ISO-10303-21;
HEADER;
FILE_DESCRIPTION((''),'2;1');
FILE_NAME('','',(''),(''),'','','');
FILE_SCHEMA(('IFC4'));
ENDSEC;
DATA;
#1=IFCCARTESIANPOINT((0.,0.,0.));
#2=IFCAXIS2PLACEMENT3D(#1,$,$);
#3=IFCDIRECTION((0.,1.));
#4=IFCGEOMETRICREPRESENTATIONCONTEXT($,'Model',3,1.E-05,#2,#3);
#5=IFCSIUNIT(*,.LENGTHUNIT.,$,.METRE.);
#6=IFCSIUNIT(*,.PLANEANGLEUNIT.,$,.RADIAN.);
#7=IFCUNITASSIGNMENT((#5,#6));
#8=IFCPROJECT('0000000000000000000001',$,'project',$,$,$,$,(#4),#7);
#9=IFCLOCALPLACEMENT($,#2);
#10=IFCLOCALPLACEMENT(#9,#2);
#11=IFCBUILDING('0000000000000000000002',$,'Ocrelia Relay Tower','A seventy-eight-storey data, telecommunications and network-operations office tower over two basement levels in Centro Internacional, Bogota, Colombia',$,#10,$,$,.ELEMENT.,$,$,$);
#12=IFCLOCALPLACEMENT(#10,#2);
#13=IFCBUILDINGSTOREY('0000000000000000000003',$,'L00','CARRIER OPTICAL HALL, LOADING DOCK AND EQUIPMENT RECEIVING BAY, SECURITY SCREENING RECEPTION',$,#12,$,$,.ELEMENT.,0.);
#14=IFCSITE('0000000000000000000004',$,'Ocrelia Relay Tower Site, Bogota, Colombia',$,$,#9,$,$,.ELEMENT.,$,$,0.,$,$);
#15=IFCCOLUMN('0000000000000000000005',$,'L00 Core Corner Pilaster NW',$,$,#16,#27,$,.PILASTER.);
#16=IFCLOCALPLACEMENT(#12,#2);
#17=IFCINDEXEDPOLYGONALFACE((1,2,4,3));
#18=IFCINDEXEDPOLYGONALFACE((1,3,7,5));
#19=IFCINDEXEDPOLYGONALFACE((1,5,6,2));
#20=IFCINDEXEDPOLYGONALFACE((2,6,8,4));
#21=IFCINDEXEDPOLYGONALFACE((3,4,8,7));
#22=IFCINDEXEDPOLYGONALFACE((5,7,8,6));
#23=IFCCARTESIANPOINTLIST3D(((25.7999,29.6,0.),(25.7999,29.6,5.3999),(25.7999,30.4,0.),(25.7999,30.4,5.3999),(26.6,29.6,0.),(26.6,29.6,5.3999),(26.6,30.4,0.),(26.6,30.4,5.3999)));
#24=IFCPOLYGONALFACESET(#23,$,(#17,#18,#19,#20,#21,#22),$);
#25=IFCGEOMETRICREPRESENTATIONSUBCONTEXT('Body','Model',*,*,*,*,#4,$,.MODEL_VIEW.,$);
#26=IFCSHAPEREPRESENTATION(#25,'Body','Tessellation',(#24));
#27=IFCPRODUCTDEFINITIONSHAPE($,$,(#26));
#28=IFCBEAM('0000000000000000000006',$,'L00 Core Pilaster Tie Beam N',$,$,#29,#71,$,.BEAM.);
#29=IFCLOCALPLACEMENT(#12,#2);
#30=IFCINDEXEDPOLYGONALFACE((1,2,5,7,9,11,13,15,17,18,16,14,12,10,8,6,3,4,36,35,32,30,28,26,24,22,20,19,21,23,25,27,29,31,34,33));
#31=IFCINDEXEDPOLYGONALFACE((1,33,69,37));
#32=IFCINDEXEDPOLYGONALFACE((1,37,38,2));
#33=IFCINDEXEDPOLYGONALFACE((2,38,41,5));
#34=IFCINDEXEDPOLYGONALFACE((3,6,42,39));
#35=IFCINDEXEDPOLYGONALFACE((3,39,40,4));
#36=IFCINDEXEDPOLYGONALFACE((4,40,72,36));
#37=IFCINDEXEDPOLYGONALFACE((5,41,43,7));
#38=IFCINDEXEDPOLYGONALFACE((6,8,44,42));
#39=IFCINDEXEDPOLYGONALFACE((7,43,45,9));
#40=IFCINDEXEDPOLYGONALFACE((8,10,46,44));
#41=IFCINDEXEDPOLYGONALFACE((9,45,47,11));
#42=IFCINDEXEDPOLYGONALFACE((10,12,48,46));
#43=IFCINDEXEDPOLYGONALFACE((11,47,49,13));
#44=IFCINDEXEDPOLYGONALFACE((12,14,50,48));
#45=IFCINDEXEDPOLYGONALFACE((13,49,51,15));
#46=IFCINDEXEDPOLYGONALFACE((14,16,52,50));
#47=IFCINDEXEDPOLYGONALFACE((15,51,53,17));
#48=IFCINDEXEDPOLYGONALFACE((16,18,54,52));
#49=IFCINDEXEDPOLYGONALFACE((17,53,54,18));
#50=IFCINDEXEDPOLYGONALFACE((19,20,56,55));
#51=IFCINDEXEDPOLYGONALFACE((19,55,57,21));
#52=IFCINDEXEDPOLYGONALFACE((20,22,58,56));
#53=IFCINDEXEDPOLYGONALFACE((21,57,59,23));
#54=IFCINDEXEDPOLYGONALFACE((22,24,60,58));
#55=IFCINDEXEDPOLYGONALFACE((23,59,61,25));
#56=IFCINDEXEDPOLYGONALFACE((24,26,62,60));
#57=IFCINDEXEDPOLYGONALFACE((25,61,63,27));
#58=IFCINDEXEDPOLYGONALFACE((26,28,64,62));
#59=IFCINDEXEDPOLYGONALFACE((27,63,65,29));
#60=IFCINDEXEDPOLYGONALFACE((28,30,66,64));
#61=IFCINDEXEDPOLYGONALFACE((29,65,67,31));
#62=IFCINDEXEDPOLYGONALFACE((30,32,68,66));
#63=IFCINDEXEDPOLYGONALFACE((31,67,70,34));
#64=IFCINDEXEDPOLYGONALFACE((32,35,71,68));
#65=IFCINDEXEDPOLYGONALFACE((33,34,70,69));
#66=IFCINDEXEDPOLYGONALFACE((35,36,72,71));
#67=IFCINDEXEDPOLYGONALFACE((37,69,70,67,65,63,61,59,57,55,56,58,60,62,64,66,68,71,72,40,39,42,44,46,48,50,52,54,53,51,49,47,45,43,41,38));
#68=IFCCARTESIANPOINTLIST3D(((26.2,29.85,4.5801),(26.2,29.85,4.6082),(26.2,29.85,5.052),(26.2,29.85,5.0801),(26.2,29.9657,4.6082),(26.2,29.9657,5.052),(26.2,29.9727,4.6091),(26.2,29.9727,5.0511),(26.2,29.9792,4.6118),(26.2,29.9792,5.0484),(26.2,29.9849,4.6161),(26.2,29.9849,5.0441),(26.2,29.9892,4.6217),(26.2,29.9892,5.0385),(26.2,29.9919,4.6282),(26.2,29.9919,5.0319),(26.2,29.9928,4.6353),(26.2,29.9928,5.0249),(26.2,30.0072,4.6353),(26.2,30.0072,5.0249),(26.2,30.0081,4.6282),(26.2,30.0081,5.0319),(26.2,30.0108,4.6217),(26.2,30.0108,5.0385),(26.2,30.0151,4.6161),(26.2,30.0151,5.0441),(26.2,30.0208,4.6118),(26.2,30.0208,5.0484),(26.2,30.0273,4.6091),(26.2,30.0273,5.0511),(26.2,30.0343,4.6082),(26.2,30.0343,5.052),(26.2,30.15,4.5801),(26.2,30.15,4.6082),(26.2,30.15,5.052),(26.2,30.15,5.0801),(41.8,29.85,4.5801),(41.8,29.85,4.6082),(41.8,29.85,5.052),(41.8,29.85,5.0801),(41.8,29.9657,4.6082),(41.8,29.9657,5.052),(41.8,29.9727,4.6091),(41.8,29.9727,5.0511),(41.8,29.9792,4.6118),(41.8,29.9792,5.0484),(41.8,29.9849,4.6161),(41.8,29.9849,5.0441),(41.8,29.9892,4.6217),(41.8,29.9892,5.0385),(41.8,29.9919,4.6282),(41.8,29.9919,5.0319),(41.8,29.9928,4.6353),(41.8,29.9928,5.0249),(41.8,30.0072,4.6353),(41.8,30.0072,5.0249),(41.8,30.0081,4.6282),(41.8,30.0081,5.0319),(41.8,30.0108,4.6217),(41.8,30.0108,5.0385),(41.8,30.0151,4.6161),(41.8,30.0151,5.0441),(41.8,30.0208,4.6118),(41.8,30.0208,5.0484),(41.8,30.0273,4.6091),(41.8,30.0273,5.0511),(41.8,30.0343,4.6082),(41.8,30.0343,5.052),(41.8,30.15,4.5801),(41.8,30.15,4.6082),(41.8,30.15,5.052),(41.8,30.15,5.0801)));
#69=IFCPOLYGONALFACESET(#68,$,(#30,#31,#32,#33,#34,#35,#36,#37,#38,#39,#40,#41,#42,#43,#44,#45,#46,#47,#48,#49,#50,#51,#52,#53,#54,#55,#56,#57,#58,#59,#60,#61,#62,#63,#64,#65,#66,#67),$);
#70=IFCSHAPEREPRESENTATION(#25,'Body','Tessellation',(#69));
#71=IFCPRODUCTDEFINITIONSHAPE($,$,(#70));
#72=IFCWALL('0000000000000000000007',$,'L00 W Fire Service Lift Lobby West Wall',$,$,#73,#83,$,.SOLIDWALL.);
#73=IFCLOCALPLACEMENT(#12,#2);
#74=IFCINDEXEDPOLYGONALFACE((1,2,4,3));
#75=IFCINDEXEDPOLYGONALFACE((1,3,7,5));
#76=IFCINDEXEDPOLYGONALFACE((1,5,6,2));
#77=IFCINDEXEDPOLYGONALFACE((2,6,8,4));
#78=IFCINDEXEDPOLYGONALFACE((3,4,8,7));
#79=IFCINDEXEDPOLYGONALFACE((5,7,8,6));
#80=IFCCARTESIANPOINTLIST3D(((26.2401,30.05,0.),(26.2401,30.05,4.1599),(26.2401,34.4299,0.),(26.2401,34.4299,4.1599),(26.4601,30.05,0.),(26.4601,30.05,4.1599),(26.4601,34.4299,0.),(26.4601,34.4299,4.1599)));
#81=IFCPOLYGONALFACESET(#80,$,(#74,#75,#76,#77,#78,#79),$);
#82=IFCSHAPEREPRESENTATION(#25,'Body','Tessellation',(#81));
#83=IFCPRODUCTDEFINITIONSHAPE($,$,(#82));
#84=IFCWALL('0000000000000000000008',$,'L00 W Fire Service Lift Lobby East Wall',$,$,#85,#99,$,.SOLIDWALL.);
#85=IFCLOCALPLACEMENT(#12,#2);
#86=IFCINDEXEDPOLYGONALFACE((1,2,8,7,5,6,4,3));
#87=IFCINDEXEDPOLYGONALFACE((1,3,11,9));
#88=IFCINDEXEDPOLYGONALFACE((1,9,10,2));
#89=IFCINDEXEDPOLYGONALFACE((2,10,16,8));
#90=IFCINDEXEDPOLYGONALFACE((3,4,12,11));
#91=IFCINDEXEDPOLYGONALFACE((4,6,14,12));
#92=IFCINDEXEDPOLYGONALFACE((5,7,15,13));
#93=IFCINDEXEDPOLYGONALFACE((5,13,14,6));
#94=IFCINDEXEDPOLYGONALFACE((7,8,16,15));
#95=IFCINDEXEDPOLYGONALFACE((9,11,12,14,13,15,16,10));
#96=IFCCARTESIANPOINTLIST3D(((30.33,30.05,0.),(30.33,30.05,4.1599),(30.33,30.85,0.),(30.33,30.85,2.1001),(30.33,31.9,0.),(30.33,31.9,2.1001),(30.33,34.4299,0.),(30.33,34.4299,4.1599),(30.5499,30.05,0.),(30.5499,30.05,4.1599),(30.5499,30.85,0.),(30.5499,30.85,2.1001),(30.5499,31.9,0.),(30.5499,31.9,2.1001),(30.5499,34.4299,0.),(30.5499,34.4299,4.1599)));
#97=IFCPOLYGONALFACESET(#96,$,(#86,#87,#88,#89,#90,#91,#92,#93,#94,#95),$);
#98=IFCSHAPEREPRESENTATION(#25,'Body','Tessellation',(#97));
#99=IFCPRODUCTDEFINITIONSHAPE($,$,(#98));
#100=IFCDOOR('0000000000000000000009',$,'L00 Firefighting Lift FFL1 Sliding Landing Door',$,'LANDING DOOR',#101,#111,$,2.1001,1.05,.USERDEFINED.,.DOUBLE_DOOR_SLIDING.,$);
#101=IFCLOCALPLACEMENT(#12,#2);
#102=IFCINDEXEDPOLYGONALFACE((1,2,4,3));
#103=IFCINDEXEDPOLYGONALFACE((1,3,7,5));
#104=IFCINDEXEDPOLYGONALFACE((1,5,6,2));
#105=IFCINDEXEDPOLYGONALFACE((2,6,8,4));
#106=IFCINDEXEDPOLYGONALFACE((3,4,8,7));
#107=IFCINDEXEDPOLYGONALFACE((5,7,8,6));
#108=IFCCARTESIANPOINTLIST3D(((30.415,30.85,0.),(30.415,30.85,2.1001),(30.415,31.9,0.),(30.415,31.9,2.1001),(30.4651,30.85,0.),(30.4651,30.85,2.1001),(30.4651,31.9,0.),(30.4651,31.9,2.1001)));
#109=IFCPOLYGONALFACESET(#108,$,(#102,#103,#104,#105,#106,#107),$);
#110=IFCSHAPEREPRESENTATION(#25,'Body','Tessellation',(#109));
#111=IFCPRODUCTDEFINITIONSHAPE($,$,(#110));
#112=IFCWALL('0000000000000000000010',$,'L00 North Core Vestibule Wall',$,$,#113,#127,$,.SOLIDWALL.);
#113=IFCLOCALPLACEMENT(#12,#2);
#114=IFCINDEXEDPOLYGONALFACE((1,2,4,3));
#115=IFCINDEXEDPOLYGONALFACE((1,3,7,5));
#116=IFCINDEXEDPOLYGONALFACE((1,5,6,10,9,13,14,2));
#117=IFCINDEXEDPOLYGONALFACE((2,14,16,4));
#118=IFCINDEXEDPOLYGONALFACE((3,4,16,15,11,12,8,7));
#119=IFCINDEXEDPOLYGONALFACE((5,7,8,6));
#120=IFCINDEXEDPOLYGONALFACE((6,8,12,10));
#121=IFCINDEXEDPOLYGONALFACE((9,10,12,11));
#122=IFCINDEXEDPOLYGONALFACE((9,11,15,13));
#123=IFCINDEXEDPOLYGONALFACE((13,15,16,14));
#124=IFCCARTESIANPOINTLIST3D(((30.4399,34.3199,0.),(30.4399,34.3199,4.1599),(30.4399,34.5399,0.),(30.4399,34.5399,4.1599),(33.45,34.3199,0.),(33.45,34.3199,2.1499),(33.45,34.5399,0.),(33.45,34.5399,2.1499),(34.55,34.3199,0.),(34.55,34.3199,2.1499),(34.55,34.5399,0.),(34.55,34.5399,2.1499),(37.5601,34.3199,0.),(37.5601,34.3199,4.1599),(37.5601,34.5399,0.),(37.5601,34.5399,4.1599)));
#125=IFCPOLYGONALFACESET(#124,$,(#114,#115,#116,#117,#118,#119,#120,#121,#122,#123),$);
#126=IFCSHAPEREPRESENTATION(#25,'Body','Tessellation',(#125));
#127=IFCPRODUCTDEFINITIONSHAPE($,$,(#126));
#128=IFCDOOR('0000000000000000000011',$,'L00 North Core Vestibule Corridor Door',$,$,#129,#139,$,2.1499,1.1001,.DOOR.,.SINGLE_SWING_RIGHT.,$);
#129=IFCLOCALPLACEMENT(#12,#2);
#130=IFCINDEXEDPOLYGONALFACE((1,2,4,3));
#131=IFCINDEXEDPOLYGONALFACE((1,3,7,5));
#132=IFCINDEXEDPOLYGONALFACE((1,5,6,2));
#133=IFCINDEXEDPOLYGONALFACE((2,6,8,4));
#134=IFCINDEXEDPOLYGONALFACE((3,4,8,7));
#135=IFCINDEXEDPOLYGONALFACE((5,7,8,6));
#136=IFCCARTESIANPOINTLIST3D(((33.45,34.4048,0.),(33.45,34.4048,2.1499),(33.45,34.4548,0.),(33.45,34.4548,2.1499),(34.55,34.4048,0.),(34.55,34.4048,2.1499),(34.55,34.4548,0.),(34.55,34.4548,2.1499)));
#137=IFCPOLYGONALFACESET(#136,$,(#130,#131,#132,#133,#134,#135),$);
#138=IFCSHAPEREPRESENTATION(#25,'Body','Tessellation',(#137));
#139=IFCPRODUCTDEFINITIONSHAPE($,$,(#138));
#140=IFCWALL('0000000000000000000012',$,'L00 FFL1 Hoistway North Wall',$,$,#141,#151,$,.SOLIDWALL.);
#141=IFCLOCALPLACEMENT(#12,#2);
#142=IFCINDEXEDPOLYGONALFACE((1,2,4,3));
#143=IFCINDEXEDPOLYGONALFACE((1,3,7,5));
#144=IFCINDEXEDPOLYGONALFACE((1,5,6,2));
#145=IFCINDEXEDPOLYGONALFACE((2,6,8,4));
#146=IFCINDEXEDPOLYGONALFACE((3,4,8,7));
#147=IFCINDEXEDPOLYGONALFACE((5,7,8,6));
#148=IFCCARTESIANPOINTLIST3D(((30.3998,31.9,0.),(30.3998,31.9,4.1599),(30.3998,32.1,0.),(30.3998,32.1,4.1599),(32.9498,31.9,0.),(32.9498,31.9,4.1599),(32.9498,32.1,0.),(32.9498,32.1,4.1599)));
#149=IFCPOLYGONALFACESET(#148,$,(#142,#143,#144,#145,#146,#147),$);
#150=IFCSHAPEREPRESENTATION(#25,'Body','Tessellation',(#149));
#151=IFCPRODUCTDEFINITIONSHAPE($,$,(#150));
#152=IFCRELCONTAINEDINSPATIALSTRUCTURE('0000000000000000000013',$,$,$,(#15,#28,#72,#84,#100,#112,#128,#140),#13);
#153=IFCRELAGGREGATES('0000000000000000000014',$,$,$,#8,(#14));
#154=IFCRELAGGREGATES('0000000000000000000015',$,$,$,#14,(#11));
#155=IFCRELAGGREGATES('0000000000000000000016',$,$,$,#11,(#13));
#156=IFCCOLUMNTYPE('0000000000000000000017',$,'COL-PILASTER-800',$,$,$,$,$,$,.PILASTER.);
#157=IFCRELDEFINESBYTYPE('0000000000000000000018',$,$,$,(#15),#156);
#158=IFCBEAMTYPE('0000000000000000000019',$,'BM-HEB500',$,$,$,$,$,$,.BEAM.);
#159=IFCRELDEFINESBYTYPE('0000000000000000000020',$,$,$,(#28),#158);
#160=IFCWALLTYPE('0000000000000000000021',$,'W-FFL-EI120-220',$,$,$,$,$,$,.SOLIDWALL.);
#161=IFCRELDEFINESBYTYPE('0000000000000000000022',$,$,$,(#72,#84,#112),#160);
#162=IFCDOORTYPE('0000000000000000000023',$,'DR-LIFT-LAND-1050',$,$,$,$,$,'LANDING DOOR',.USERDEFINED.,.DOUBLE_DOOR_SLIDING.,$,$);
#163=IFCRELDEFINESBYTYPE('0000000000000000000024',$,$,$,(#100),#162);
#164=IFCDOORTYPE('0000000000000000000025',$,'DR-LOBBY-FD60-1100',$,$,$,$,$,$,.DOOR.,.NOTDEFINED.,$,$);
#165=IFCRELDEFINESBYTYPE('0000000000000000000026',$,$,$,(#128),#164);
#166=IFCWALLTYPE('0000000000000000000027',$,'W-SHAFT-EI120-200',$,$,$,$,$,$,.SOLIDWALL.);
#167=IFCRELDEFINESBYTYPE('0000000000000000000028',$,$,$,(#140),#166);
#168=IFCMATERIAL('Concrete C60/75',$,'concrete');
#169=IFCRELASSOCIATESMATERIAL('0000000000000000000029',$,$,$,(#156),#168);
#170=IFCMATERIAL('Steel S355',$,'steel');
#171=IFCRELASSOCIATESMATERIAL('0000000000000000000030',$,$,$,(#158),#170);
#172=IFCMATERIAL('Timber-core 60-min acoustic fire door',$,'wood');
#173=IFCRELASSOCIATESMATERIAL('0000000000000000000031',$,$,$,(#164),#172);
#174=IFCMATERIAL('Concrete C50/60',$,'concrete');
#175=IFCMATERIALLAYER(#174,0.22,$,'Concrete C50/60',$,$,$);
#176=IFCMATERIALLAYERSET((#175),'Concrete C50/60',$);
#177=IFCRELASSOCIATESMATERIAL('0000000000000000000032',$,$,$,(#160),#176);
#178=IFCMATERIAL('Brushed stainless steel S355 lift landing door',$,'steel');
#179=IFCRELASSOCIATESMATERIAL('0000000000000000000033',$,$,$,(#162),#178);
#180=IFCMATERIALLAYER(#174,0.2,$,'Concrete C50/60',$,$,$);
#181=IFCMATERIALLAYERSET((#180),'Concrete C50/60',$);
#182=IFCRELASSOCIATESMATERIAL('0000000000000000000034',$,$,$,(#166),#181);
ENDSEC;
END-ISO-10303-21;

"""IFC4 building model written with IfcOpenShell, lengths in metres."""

from ifc_helpers import new_model, si_unit, direction, frame, frame_2d, origin, origin_2d, place, context, subcontext, project, spatial, rectangle, i_section, extrude, material, layer, layer_set, material_profile, profile_set, type_object, element, fill, save


model = new_model("IFC4")

# Units and contexts
model_context = context("Model", 3, precision=1e-05, world=origin(), true_north=direction((0.0, 1.0)))
body_context = subcontext(model_context, "Body", "Model", "MODEL_VIEW")
ifc_project = project(units=[si_unit("LENGTHUNIT", "METRE"), si_unit("PLANEANGLEUNIT", "RADIAN")], contexts=[model_context])

# Site, building, storey
site_placement = place(None, origin())
site = spatial("IfcSite", under=ifc_project, at=site_placement, Name="Ocrelia Relay Tower Site, Bogota, Colombia", CompositionType="ELEMENT", RefElevation=0.0)
building_placement = place(site_placement, origin())
building = spatial("IfcBuilding", under=site, at=building_placement, Name="Ocrelia Relay Tower", Description="A seventy-eight-storey data, telecommunications and network-operations office tower over two basement levels in Centro Internacional, Bogota, Colombia", CompositionType="ELEMENT")
storey_placement = place(building_placement, origin())
storey = spatial("IfcBuildingStorey", under=building, at=storey_placement, Name="L00", Description="CARRIER OPTICAL HALL, LOADING DOCK AND EQUIPMENT RECEIVING BAY, SECURITY SCREENING RECEPTION", CompositionType="ELEMENT", Elevation=0.0)

# Column
ifc_material_1 = material(Name="Concrete C60/75", Category="concrete")
ifc_material_profile_1 = material_profile(ifc_material_1, rectangle(XDim=0.8, YDim=0.8, at=origin_2d()), Name="RC-COL-800x800")
ifc_profile_set_1 = profile_set([ifc_material_profile_1], Name="Concrete C60/75")
column_type = type_object("IfcColumnType", Name="COL-PILASTER-800", PredefinedType="PILASTER", material=ifc_profile_set_1)
column_placement = place(storey_placement, frame((26.2, 30.0, 0.0), z_axis=(0.0, 0.0, 1.0), x_axis=(1.0, 0.0, 0.0)))
element("IfcColumn", 1, at=column_placement, inside=storey, type_object=column_type, Name="L00 Core Corner Pilaster NW", PredefinedType="PILASTER", context=body_context, shape_type="SweptSolid", body=[
    extrude(rectangle(XDim=0.8, YDim=0.8, at=origin_2d()), origin(), (0.0, 0.0, 1.0), 5.3999),
])

# Beam
ifc_material_2 = material(Name="Steel S355", Category="steel")
ifc_material_profile_2 = material_profile(ifc_material_2, i_section(OverallWidth=0.3, OverallDepth=0.5, WebThickness=0.0144, FlangeThickness=0.0281, FilletRadius=0.0271, at=origin_2d()), Name="HEB 500")
ifc_profile_set_2 = profile_set([ifc_material_profile_2], Name="Steel S355")
beam_type = type_object("IfcBeamType", Name="BM-HEB500", PredefinedType="BEAM", material=ifc_profile_set_2)
beam_placement = place(storey_placement, frame((26.2, 30.0, 4.8301), z_axis=(1.0, 0.0, 0.0), x_axis=(0.0, 1.0, 0.0)))
element("IfcBeam", 2, at=beam_placement, inside=storey, type_object=beam_type, Name="L00 Core Pilaster Tie Beam N", PredefinedType="BEAM", context=body_context, shape_type="SweptSolid", body=[
    extrude(i_section(OverallWidth=0.3, OverallDepth=0.5, WebThickness=0.0144, FlangeThickness=0.0281, FilletRadius=0.0271, at=origin_2d()), origin(), (0.0, 0.0, 1.0), 15.6001),
])

# Shared definitions
ifc_material_3 = material(Name="Timber-core 60-min acoustic fire door", Category="wood")
door_type_1 = type_object("IfcDoorType", Name="DR-LOBBY-FD60-1100", OperationType="NOTDEFINED", PredefinedType="DOOR", material=ifc_material_3)

# Wall
ifc_material_4 = material(Name="Concrete C50/60", Category="concrete")
ifc_layer_1 = layer(ifc_material_4, 0.22, Name="Concrete C50/60")
ifc_layer_set_1 = layer_set([ifc_layer_1], Name="Concrete C50/60")
wall_type_1 = type_object("IfcWallType", Name="W-FFL-EI120-220", PredefinedType="SOLIDWALL", material=ifc_layer_set_1)
wall_1_placement = place(storey_placement, frame((26.3501, 30.05, 0.0), z_axis=(0.0, 0.0, 1.0), x_axis=(0.0, 1.0, 0.0)))
element("IfcWall", 3, at=wall_1_placement, inside=storey, type_object=wall_type_1, Name="L00 W Fire Service Lift Lobby West Wall", PredefinedType="SOLIDWALL", context=body_context, shape_type="SweptSolid", body=[
    extrude(rectangle(XDim=4.3799, YDim=0.22, at=frame_2d((2.1899, 0.0))), origin(), (0.0, 0.0, 1.0), 4.1599),
])

# Walls, openings, doors
wall_2_placement = place(storey_placement, frame((30.4399, 30.05, 0.0), z_axis=(0.0, 0.0, 1.0), x_axis=(0.0, 1.0, 0.0)))
wall_2 = element("IfcWall", 4, at=wall_2_placement, inside=storey, type_object=wall_type_1, Name="L00 W Fire Service Lift Lobby East Wall", PredefinedType="SOLIDWALL", context=body_context, shape_type="SweptSolid", body=[
    extrude(rectangle(XDim=4.3799, YDim=0.22, at=frame_2d((2.1899, 0.0))), origin(), (0.0, 0.0, 1.0), 4.1599),
])
opening_1_placement = place(wall_2_placement, frame((0.8, 0.0, 0.0)))
opening_1 = element("IfcOpeningElement", 5, at=opening_1_placement, cuts=wall_2, PredefinedType="OPENING", context=body_context, shape_type="SweptSolid", body=[
    extrude(rectangle(XDim=1.05, YDim=2.1001, at=frame_2d((0.5249, 1.05))), frame((0.0, 0.1201, 0.0), z_axis=(0.0, -1.0, 0.0), x_axis=(1.0, 0.0, 0.0)), (0.0, 0.0, 1.0), 0.24),
])
ifc_material_5 = material(Name="Brushed stainless steel S355 lift landing door", Category="steel")
door_type_2 = type_object("IfcDoorType", Name="DR-LIFT-LAND-1050", ElementType="LANDING DOOR", OperationType="DOUBLE_DOOR_SLIDING", PredefinedType="USERDEFINED", material=ifc_material_5)
door_1_placement = place(opening_1_placement, origin())
door_1 = element("IfcDoor", 6, at=door_1_placement, inside=storey, type_object=door_type_2, Name="L00 Firefighting Lift FFL1 Sliding Landing Door", ObjectType="LANDING DOOR", OperationType="DOUBLE_DOOR_SLIDING", OverallHeight=2.1001, OverallWidth=1.05, PredefinedType="USERDEFINED", context=body_context, shape_type="SweptSolid", body=[
    extrude(rectangle(XDim=1.05, YDim=2.1001, at=frame_2d((0.5249, 1.05))), frame((0.0, 0.0249, 0.0), z_axis=(0.0, -1.0, 0.0), x_axis=(1.0, 0.0, 0.0)), (0.0, 0.0, 1.0), 0.05),
])
fill(opening_1, door_1)
wall_3_placement = place(storey_placement, frame((30.4399, 34.4299, 0.0), z_axis=(0.0, 0.0, 1.0), x_axis=(1.0, 0.0, 0.0)))
wall_3 = element("IfcWall", 7, at=wall_3_placement, inside=storey, type_object=wall_type_1, Name="L00 North Core Vestibule Wall", PredefinedType="SOLIDWALL", context=body_context, shape_type="SweptSolid", body=[
    extrude(rectangle(XDim=7.1201, YDim=0.22, at=frame_2d((3.5601, 0.0))), origin(), (0.0, 0.0, 1.0), 4.1599),
])
opening_2_placement = place(wall_3_placement, frame((3.01, 0.0, 0.0)))
opening_2 = element("IfcOpeningElement", 8, at=opening_2_placement, cuts=wall_3, PredefinedType="OPENING", context=body_context, shape_type="SweptSolid", body=[
    extrude(rectangle(XDim=1.1001, YDim=2.1499, at=frame_2d((0.55, 1.075))), frame((0.0, 0.1201, 0.0), z_axis=(0.0, -1.0, 0.0), x_axis=(1.0, 0.0, 0.0)), (0.0, 0.0, 1.0), 0.24),
])
door_2_placement = place(opening_2_placement, origin())
door_2 = element("IfcDoor", 9, at=door_2_placement, inside=storey, type_object=door_type_1, Name="L00 North Core Vestibule Corridor Door", OperationType="SINGLE_SWING_RIGHT", OverallHeight=2.1499, OverallWidth=1.1001, PredefinedType="DOOR", context=body_context, shape_type="SweptSolid", body=[
    extrude(rectangle(XDim=1.1001, YDim=2.1499, at=frame_2d((0.55, 1.075))), frame((0.0, 0.0249, 0.0), z_axis=(0.0, -1.0, 0.0), x_axis=(1.0, 0.0, 0.0)), (0.0, 0.0, 1.0), 0.05),
])
fill(opening_2, door_2)

# Wall
ifc_layer_2 = layer(ifc_material_4, 0.2, Name="Concrete C50/60")
ifc_layer_set_2 = layer_set([ifc_layer_2], Name="Concrete C50/60")
wall_type_2 = type_object("IfcWallType", Name="W-SHAFT-EI120-200", PredefinedType="SOLIDWALL", material=ifc_layer_set_2)
wall_4_placement = place(storey_placement, frame((30.3999, 32.0, 0.0), z_axis=(0.0, 0.0, 1.0), x_axis=(1.0, 0.0, 0.0)))
element("IfcWall", 10, at=wall_4_placement, inside=storey, type_object=wall_type_2, Name="L00 FFL1 Hoistway North Wall", PredefinedType="SOLIDWALL", context=body_context, shape_type="SweptSolid", body=[
    extrude(rectangle(XDim=2.55, YDim=0.2, at=frame_2d((1.2749, 0.0))), origin(), (0.0, 0.0, 1.0), 4.1599),
])

save(model, "model.ifc")
